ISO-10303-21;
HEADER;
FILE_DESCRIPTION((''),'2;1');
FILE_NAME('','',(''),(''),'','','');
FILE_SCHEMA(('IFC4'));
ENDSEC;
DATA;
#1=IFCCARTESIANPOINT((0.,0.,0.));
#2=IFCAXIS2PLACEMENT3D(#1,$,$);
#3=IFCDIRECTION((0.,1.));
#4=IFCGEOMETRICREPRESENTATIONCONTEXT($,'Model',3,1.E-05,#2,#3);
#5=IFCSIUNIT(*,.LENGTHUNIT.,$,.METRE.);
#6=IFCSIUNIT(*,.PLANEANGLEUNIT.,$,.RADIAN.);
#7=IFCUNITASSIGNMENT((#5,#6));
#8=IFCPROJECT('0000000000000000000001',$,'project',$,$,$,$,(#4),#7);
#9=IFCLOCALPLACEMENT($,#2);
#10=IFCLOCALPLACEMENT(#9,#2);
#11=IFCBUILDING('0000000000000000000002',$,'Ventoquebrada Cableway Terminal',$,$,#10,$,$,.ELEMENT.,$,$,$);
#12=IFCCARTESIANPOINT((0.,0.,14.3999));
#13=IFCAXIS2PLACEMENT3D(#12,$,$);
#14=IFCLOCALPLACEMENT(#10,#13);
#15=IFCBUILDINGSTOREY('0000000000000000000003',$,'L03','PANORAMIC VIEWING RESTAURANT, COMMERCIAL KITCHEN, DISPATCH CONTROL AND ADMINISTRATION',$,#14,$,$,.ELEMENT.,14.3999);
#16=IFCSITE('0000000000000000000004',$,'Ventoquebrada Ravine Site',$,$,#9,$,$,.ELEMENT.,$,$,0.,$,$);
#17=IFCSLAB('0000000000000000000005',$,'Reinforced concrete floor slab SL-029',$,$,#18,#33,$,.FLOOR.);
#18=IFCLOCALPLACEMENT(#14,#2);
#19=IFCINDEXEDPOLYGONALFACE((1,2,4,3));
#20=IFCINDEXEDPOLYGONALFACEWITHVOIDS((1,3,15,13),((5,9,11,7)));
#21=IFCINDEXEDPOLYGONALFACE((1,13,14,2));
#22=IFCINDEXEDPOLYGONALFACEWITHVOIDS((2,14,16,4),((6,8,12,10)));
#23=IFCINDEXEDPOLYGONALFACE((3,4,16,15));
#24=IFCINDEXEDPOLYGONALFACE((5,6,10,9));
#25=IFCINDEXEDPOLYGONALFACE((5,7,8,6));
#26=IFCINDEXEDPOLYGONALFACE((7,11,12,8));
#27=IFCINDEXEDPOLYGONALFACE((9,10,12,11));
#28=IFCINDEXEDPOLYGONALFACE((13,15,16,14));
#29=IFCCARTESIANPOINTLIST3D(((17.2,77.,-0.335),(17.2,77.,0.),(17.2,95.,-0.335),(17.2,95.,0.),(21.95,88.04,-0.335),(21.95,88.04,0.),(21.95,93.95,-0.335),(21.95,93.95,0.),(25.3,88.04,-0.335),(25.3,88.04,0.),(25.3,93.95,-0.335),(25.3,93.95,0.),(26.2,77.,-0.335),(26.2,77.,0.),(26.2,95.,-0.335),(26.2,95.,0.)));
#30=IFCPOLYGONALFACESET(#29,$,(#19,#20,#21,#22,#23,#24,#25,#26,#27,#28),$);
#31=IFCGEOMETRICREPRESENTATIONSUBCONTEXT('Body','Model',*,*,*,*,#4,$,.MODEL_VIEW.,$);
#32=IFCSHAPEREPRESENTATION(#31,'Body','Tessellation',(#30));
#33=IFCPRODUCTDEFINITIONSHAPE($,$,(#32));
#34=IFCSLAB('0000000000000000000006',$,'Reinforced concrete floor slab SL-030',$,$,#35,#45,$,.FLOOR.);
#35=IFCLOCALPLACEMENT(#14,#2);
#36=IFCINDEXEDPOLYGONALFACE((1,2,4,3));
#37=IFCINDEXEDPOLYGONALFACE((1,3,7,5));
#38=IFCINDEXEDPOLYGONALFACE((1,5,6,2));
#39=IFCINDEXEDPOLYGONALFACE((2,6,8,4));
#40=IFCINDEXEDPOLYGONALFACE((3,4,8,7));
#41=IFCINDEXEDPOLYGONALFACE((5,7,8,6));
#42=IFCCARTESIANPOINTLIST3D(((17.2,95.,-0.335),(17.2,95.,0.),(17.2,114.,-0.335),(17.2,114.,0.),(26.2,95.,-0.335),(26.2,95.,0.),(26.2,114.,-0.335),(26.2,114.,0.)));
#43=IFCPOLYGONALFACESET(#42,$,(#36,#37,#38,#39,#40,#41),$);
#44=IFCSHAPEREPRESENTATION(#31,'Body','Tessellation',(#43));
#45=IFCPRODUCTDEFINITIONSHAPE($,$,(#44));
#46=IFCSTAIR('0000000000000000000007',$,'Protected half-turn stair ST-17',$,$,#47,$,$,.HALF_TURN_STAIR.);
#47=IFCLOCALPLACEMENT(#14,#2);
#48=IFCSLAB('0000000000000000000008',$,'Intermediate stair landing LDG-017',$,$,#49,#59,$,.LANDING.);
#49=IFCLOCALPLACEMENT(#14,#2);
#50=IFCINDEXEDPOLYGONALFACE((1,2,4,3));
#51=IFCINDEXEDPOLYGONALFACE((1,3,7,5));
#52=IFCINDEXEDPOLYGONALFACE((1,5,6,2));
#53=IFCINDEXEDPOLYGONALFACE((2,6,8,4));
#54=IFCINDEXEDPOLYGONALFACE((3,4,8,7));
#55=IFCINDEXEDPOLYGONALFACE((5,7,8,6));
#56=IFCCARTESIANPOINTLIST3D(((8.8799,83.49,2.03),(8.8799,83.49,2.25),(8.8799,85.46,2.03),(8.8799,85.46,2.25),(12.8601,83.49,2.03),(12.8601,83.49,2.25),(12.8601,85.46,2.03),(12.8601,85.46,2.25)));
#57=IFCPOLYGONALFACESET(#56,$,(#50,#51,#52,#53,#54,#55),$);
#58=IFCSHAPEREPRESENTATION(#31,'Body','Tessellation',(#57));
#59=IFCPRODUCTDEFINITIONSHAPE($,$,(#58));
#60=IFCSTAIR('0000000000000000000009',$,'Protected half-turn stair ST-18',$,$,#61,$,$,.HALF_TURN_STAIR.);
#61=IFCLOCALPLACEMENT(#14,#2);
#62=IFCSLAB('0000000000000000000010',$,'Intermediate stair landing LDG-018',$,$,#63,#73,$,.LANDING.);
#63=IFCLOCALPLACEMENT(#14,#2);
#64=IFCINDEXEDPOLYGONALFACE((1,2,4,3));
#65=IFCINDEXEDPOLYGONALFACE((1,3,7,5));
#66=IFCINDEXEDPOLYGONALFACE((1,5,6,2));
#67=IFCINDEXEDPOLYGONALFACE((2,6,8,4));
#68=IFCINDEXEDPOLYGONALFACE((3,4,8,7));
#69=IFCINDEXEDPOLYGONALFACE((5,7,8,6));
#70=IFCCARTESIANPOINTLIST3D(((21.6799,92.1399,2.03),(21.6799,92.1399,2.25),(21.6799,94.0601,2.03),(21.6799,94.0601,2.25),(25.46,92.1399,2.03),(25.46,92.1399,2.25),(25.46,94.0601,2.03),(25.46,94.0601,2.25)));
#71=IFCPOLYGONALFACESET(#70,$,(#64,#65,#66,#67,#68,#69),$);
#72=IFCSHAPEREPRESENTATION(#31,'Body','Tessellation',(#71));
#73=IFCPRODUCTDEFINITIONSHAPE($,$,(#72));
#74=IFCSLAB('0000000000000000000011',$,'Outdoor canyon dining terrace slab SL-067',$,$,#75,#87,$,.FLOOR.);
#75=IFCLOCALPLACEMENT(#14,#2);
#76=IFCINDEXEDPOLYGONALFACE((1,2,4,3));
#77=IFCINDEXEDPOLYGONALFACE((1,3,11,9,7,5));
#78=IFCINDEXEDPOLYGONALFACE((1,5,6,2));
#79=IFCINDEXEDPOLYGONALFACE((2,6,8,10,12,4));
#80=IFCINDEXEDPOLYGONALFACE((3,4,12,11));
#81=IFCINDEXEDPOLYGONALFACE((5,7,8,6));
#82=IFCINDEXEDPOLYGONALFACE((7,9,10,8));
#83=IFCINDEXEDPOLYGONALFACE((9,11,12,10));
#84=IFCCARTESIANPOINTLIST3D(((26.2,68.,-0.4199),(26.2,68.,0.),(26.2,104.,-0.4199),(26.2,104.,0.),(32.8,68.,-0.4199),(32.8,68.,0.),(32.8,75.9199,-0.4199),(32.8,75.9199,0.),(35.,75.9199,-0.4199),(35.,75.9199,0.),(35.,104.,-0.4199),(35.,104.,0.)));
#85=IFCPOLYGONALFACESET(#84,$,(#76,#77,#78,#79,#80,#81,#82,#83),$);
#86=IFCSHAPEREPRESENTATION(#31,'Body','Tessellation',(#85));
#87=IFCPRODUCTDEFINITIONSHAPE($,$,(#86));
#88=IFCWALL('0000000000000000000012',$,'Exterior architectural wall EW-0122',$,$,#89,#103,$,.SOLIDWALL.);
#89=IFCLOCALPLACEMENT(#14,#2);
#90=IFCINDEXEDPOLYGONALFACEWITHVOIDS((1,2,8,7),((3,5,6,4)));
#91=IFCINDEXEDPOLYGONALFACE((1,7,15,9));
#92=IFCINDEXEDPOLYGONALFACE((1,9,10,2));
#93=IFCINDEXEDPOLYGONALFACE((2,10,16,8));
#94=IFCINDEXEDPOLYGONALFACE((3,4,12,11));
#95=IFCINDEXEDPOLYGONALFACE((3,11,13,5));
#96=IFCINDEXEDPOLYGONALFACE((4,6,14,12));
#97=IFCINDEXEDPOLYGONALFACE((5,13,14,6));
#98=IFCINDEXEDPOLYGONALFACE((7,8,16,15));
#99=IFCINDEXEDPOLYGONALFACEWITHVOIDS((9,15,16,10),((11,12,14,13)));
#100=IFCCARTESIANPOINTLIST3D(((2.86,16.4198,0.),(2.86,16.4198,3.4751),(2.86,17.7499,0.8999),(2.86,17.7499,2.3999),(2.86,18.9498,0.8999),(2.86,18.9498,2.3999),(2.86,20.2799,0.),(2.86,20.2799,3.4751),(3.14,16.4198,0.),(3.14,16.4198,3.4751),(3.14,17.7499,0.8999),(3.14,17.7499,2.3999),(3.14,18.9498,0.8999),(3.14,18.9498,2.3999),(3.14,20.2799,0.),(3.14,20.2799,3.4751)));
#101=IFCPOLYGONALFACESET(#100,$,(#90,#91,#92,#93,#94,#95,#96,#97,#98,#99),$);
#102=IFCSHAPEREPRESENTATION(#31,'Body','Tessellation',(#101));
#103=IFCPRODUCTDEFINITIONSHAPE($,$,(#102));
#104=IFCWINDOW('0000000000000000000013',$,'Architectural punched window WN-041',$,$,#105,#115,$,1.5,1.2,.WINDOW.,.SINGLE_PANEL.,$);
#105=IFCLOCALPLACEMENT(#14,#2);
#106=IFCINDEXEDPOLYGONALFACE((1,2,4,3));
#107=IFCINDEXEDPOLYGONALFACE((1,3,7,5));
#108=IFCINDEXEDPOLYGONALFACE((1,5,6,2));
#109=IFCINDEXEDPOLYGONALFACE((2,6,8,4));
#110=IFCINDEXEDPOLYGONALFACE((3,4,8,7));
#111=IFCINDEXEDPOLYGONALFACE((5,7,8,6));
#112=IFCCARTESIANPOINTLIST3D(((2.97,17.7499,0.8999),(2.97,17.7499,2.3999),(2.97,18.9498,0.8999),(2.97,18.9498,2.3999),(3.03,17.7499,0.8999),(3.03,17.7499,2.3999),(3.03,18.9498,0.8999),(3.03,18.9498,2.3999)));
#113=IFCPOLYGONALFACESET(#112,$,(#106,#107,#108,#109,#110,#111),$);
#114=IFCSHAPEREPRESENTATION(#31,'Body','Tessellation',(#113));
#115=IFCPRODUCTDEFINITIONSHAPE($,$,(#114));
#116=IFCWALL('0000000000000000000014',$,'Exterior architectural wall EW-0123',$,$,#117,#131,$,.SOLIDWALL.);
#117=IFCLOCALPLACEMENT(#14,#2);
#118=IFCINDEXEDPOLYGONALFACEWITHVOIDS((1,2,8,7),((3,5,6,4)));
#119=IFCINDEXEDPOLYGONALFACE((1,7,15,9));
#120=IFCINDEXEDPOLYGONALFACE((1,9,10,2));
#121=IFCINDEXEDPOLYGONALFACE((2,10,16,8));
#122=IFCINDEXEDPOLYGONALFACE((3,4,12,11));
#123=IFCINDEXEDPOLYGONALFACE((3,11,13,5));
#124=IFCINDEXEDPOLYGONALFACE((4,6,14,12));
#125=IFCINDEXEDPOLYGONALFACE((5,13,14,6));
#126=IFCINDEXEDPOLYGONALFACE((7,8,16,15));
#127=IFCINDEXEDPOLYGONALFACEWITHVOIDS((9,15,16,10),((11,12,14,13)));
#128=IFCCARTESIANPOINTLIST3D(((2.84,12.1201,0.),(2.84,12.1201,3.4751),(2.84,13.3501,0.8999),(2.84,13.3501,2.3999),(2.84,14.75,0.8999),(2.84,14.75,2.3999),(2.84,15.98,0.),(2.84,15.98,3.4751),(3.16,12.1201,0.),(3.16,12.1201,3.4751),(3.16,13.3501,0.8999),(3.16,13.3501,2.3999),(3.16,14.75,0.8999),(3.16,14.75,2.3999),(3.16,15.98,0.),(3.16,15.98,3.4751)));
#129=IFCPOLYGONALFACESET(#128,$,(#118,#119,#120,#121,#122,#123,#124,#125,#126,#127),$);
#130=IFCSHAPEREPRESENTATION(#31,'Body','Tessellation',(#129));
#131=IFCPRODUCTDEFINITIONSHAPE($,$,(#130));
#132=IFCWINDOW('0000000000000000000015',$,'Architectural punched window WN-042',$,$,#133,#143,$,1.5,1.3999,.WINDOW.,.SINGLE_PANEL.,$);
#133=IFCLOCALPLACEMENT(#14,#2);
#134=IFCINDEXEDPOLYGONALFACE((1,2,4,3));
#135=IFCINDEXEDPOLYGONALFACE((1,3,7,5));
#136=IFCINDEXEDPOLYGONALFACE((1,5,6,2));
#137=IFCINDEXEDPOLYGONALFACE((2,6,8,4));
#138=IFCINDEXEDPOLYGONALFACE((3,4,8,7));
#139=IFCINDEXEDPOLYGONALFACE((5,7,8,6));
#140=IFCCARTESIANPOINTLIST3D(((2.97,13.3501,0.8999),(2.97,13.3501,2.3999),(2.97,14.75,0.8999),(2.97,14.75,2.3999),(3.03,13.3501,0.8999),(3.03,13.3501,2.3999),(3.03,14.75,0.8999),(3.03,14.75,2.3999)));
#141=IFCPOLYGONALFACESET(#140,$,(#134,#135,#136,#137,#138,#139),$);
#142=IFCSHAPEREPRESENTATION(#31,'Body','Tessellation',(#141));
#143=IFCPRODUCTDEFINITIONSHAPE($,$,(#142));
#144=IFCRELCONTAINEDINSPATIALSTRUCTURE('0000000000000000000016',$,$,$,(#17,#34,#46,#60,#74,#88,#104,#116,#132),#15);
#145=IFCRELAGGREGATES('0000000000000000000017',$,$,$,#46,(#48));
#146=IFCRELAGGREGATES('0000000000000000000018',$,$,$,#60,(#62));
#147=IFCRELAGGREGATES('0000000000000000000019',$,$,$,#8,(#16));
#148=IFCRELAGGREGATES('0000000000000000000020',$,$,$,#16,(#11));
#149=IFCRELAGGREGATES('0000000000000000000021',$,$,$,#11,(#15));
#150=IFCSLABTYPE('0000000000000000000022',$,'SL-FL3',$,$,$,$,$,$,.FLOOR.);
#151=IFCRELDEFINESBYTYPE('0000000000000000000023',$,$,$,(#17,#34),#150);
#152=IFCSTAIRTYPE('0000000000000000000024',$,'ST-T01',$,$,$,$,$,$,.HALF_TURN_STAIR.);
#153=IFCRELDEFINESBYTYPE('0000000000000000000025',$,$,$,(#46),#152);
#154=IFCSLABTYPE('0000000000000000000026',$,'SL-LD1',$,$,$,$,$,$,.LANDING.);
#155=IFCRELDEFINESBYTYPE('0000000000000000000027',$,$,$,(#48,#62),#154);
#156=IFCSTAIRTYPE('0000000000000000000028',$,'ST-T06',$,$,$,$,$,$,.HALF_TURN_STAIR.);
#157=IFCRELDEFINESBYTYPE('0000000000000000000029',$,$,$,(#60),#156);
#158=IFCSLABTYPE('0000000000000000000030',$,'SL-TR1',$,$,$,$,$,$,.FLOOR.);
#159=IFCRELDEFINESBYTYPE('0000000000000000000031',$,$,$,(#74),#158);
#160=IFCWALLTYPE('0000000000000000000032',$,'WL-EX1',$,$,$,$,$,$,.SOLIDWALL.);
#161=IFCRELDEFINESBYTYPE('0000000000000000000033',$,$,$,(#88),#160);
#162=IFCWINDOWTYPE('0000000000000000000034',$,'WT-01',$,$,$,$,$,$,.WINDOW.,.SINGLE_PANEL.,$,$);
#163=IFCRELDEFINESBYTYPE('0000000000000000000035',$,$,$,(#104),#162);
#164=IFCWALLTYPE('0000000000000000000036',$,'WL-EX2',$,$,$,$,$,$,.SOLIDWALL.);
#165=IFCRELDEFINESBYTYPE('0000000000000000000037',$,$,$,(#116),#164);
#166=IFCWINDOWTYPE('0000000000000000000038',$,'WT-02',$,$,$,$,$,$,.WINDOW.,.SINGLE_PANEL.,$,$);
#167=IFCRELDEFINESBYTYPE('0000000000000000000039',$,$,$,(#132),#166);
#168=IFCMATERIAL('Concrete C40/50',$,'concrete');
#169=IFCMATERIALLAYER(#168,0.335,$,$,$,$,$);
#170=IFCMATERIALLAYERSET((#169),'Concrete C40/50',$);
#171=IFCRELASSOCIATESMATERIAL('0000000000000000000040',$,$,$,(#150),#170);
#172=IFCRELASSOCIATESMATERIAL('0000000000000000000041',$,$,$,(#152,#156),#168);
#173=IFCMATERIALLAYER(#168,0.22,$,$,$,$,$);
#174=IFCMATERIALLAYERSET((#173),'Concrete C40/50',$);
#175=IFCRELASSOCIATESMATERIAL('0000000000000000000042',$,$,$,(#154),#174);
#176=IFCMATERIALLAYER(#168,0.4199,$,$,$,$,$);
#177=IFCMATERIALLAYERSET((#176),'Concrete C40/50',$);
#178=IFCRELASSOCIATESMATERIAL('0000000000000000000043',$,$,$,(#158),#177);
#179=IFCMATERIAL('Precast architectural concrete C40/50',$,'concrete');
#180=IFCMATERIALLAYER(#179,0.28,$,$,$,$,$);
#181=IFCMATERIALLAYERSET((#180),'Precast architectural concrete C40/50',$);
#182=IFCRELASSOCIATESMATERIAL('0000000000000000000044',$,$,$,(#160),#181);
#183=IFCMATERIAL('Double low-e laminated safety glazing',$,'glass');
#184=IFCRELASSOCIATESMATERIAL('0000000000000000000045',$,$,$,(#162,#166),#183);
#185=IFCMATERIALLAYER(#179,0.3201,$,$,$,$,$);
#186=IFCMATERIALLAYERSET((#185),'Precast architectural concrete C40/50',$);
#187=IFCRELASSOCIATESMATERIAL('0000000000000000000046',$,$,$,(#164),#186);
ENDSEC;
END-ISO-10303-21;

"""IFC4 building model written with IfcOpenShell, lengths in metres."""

from ifc_helpers import new_model, si_unit, direction, frame, frame_2d, origin, place, context, subcontext, project, spatial, polyline, rectangle, outline, extrude, material, layer, layer_set, type_object, element, fill, aggregate, save


model = new_model("IFC4")

# Units and contexts
model_context = context("Model", 3, precision=1e-05, world=origin(), true_north=direction((0.0, 1.0)))
body_context = subcontext(model_context, "Body", "Model", "MODEL_VIEW")
ifc_project = project(units=[si_unit("LENGTHUNIT", "METRE"), si_unit("PLANEANGLEUNIT", "RADIAN")], contexts=[model_context])

# Site, building, storey
site_placement = place(None, origin())
site = spatial("IfcSite", under=ifc_project, at=site_placement, Name="Ventoquebrada Ravine Site", CompositionType="ELEMENT", RefElevation=0.0)
building_placement = place(site_placement, origin())
building = spatial("IfcBuilding", under=site, at=building_placement, Name="Ventoquebrada Cableway Terminal", CompositionType="ELEMENT")
storey_placement = place(building_placement, frame((0.0, 0.0, 14.3999)))
storey = spatial("IfcBuildingStorey", under=building, at=storey_placement, Name="L03", Description="PANORAMIC VIEWING RESTAURANT, COMMERCIAL KITCHEN, DISPATCH CONTROL AND ADMINISTRATION", CompositionType="ELEMENT", Elevation=14.3999)

# Shared definitions
ifc_material_1 = material(Name="Concrete C40/50", Category="concrete")

# Slabs
ifc_layer_1 = layer(ifc_material_1, 0.335)
ifc_layer_set_1 = layer_set([ifc_layer_1], Name="Concrete C40/50")
slab_type_1 = type_object("IfcSlabType", Name="SL-FL3", PredefinedType="FLOOR", material=ifc_layer_set_1)
slab_1_placement = place(storey_placement, frame((0.0, 0.0, -0.335)))
element("IfcSlab", 1, at=slab_1_placement, inside=storey, type_object=slab_type_1, Name="Reinforced concrete floor slab SL-029", PredefinedType="FLOOR", context=body_context, shape_type="SweptSolid", body=[
    extrude(outline(polyline([(26.2, 77.0), (26.2, 95.0), (17.2, 95.0), (17.2, 77.0), (26.2, 77.0)]), holes=[polyline([(25.3, 88.04), (21.95, 88.04), (21.95, 93.95), (25.3, 93.95), (25.3, 88.04)])]), origin(), (0.0, 0.0, 1.0), 0.335),
])
slab_2_placement = place(storey_placement, frame((0.0, 0.0, -0.335)))
element("IfcSlab", 2, at=slab_2_placement, inside=storey, type_object=slab_type_1, Name="Reinforced concrete floor slab SL-030", PredefinedType="FLOOR", context=body_context, shape_type="SweptSolid", body=[
    extrude(outline(polyline([(26.2, 95.0), (26.2, 114.0), (17.2, 114.0), (17.2, 95.0), (26.2, 95.0)])), origin(), (0.0, 0.0, 1.0), 0.335),
])

# Stairs, slabs
stair_type_1 = type_object("IfcStairType", Name="ST-T01", PredefinedType="HALF_TURN_STAIR", material=ifc_material_1)
stair_1_placement = place(storey_placement, origin())
stair_1 = element("IfcStair", 3, at=stair_1_placement, inside=storey, type_object=stair_type_1, Name="Protected half-turn stair ST-17", PredefinedType="HALF_TURN_STAIR")
ifc_layer_2 = layer(ifc_material_1, 0.22)
ifc_layer_set_2 = layer_set([ifc_layer_2], Name="Concrete C40/50")
slab_type_2 = type_object("IfcSlabType", Name="SL-LD1", PredefinedType="LANDING", material=ifc_layer_set_2)
slab_3_placement = place(storey_placement, frame((0.0, 0.0, 2.03)))
slab_3 = element("IfcSlab", 4, at=slab_3_placement, type_object=slab_type_2, Name="Intermediate stair landing LDG-017", PredefinedType="LANDING", context=body_context, shape_type="SweptSolid", body=[
    extrude(outline(polyline([(12.8601, 83.49), (12.8601, 85.46), (8.8799, 85.46), (8.8799, 83.49), (12.8601, 83.49)])), origin(), (0.0, 0.0, 1.0), 0.22),
])
aggregate(stair_1, [slab_3])
stair_type_2 = type_object("IfcStairType", Name="ST-T06", PredefinedType="HALF_TURN_STAIR", material=ifc_material_1)
stair_2_placement = place(storey_placement, origin())
stair_2 = element("IfcStair", 5, at=stair_2_placement, inside=storey, type_object=stair_type_2, Name="Protected half-turn stair ST-18", PredefinedType="HALF_TURN_STAIR")
slab_4_placement = place(storey_placement, frame((0.0, 0.0, 2.03)))
slab_4 = element("IfcSlab", 6, at=slab_4_placement, type_object=slab_type_2, Name="Intermediate stair landing LDG-018", PredefinedType="LANDING", context=body_context, shape_type="SweptSolid", body=[
    extrude(outline(polyline([(25.46, 92.1399), (25.46, 94.0601), (21.6799, 94.0601), (21.6799, 92.1399), (25.46, 92.1399)])), origin(), (0.0, 0.0, 1.0), 0.22),
])
aggregate(stair_2, [slab_4])

# Slab
ifc_layer_3 = layer(ifc_material_1, 0.4199)
ifc_layer_set_3 = layer_set([ifc_layer_3], Name="Concrete C40/50")
slab_type_3 = type_object("IfcSlabType", Name="SL-TR1", PredefinedType="FLOOR", material=ifc_layer_set_3)
slab_5_placement = place(storey_placement, frame((0.0, 0.0, -0.4199)))
element("IfcSlab", 7, at=slab_5_placement, inside=storey, type_object=slab_type_3, Name="Outdoor canyon dining terrace slab SL-067", PredefinedType="FLOOR", context=body_context, shape_type="SweptSolid", body=[
    extrude(outline(polyline([(32.8, 68.0), (32.8, 75.9199), (35.0, 75.9199), (35.0, 104.0), (26.2, 104.0), (26.2, 68.0), (32.8, 68.0)])), origin(), (0.0, 0.0, 1.0), 0.4199),
])

# Walls, openings, windows
ifc_material_2 = material(Name="Precast architectural concrete C40/50", Category="concrete")
ifc_layer_4 = layer(ifc_material_2, 0.28)
ifc_layer_set_4 = layer_set([ifc_layer_4], Name="Precast architectural concrete C40/50")
wall_type_1 = type_object("IfcWallType", Name="WL-EX1", PredefinedType="SOLIDWALL", material=ifc_layer_set_4)
wall_1_placement = place(storey_placement, frame((3.0, 20.28, 0.0), z_axis=(0.0, 0.0, 1.0), x_axis=(0.0, -1.0, 0.0)))
wall_1 = element("IfcWall", 8, at=wall_1_placement, inside=storey, type_object=wall_type_1, Name="Exterior architectural wall EW-0122", PredefinedType="SOLIDWALL", context=body_context, shape_type="SweptSolid", body=[
    extrude(rectangle(XDim=3.8601, YDim=0.28, at=frame_2d((1.9302, 0.0))), origin(), (0.0, 0.0, 1.0), 3.4751),
])
opening_1_placement = place(wall_1_placement, frame((1.3301, 0.0, 0.8999)))
opening_1 = element("IfcOpeningElement", 9, at=opening_1_placement, cuts=wall_1, PredefinedType="OPENING", context=body_context, shape_type="SweptSolid", body=[
    extrude(rectangle(XDim=1.2, YDim=1.5, at=frame_2d((0.6001, 0.75))), frame((0.0, 0.1499, 0.0), z_axis=(0.0, -1.0, 0.0), x_axis=(1.0, 0.0, 0.0)), (0.0, 0.0, 1.0), 0.3),
])
ifc_material_3 = material(Name="Double low-e laminated safety glazing", Category="glass")
window_type_1 = type_object("IfcWindowType", Name="WT-01", PartitioningType="SINGLE_PANEL", PredefinedType="WINDOW", material=ifc_material_3)
window_1_placement = place(opening_1_placement, origin())
window_1 = element("IfcWindow", 10, at=window_1_placement, inside=storey, type_object=window_type_1, Name="Architectural punched window WN-041", OverallHeight=1.5, OverallWidth=1.2, PartitioningType="SINGLE_PANEL", PredefinedType="WINDOW", context=body_context, shape_type="SweptSolid", body=[
    extrude(rectangle(XDim=1.2, YDim=1.5, at=frame_2d((0.6001, 0.75))), frame((0.0, 0.03, 0.0), z_axis=(0.0, -1.0, 0.0), x_axis=(1.0, 0.0, 0.0)), (0.0, 0.0, 1.0), 0.0601),
])
fill(opening_1, window_1)
ifc_layer_5 = layer(ifc_material_2, 0.3201)
ifc_layer_set_5 = layer_set([ifc_layer_5], Name="Precast architectural concrete C40/50")
wall_type_2 = type_object("IfcWallType", Name="WL-EX2", PredefinedType="SOLIDWALL", material=ifc_layer_set_5)
wall_2_placement = place(storey_placement, frame((3.0, 15.98, 0.0), z_axis=(0.0, 0.0, 1.0), x_axis=(0.0, -1.0, 0.0)))
wall_2 = element("IfcWall", 11, at=wall_2_placement, inside=storey, type_object=wall_type_2, Name="Exterior architectural wall EW-0123", PredefinedType="SOLIDWALL", context=body_context, shape_type="SweptSolid", body=[
    extrude(rectangle(XDim=3.8599, YDim=0.3201, at=frame_2d((1.9299, 0.0))), origin(), (0.0, 0.0, 1.0), 3.4751),
])
opening_2_placement = place(wall_2_placement, frame((1.23, 0.0, 0.8999)))
opening_2 = element("IfcOpeningElement", 12, at=opening_2_placement, cuts=wall_2, PredefinedType="OPENING", context=body_context, shape_type="SweptSolid", body=[
    extrude(rectangle(XDim=1.3999, YDim=1.5, at=frame_2d((0.7, 0.75))), frame((0.0, 0.1699, 0.0), z_axis=(0.0, -1.0, 0.0), x_axis=(1.0, 0.0, 0.0)), (0.0, 0.0, 1.0), 0.3401),
])
window_type_2 = type_object("IfcWindowType", Name="WT-02", PartitioningType="SINGLE_PANEL", PredefinedType="WINDOW", material=ifc_material_3)
window_2_placement = place(opening_2_placement, origin())
window_2 = element("IfcWindow", 13, at=window_2_placement, inside=storey, type_object=window_type_2, Name="Architectural punched window WN-042", OverallHeight=1.5, OverallWidth=1.3999, PartitioningType="SINGLE_PANEL", PredefinedType="WINDOW", context=body_context, shape_type="SweptSolid", body=[
    extrude(rectangle(XDim=1.3999, YDim=1.5, at=frame_2d((0.7, 0.75))), frame((0.0, 0.03, 0.0), z_axis=(0.0, -1.0, 0.0), x_axis=(1.0, 0.0, 0.0)), (0.0, 0.0, 1.0), 0.0601),
])
fill(opening_2, window_2)

save(model, "model.ifc")
